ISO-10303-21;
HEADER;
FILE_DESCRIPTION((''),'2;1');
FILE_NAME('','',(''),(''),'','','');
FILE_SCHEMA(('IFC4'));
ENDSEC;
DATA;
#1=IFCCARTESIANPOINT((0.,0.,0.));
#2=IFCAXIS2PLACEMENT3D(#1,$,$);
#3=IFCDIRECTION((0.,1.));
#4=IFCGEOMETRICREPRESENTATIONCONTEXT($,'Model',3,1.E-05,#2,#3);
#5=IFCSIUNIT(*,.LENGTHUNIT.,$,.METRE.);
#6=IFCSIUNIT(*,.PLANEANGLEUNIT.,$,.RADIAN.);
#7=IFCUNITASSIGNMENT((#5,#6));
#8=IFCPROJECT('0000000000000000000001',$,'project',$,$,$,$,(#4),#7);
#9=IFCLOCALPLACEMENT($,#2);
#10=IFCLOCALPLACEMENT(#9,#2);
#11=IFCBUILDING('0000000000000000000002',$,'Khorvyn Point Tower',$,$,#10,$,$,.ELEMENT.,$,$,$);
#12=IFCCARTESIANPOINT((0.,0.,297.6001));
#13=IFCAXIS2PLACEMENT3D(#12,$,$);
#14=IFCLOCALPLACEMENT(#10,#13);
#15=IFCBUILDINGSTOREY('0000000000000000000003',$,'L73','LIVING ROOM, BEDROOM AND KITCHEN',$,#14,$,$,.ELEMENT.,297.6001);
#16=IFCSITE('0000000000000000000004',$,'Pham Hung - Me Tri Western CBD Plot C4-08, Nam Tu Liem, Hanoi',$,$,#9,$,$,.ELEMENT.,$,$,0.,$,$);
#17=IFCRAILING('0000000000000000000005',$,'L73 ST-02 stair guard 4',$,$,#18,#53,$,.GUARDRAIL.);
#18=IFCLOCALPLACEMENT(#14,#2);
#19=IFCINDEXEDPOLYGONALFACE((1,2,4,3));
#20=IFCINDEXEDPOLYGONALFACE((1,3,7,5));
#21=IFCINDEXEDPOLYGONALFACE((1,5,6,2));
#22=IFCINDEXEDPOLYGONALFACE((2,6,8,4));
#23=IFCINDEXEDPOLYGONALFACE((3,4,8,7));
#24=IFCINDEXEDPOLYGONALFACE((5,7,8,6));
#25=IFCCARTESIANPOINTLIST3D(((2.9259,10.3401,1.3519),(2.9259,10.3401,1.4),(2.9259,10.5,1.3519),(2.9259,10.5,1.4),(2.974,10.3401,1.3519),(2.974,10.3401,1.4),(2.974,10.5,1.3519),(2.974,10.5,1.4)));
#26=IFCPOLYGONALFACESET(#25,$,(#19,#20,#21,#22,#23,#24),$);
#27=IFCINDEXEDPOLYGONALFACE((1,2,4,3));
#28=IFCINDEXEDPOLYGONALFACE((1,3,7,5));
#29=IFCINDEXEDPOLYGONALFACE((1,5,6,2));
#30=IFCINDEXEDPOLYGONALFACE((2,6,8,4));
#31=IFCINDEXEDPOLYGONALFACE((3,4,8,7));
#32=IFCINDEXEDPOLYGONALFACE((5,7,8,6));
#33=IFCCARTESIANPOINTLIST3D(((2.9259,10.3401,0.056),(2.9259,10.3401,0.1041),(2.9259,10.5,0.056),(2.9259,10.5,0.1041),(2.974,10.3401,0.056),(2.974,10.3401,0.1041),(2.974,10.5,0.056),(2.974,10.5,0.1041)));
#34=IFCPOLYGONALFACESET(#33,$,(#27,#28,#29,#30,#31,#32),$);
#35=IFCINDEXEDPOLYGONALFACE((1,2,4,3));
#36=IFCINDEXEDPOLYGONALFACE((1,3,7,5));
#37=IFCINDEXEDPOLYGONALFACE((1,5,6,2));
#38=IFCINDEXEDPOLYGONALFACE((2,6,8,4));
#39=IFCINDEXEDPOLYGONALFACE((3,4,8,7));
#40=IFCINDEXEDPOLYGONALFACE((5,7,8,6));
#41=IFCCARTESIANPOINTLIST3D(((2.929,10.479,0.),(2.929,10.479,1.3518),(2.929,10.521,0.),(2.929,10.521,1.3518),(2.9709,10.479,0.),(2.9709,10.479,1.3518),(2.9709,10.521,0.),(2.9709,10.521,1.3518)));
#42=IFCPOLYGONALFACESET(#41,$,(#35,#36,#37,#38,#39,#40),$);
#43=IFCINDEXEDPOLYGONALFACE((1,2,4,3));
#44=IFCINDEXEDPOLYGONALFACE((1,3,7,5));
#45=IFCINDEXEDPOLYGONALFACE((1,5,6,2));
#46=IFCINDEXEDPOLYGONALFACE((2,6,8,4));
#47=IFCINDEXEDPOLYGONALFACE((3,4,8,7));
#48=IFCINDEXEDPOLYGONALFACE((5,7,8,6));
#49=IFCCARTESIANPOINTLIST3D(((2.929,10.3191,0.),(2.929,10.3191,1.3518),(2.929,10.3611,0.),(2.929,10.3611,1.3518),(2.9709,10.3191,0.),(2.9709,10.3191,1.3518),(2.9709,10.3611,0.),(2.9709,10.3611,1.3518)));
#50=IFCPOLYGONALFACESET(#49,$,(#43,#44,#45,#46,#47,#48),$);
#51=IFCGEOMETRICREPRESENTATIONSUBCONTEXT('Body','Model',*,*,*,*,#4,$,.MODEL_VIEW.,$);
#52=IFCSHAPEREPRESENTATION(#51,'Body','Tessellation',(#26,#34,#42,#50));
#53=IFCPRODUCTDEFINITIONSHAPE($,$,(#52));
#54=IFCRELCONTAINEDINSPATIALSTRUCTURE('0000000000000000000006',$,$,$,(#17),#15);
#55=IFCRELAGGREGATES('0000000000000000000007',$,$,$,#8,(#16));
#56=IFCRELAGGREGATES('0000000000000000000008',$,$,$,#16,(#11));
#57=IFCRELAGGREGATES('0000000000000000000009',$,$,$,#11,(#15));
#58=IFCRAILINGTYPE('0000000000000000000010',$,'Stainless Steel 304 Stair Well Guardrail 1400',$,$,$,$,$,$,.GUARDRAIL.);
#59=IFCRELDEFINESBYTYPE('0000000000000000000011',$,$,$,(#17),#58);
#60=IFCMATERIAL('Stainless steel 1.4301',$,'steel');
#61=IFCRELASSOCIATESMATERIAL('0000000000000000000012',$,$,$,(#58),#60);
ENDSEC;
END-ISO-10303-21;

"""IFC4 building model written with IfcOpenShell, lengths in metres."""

from ifc_helpers import new_model, si_unit, direction, frame, origin, origin_2d, place, context, subcontext, project, spatial, rectangle, extrude, material, type_object, element, save


model = new_model("IFC4")

# Units and contexts
model_context = context("Model", 3, precision=1e-05, world=origin(), true_north=direction((0.0, 1.0)))
body_context = subcontext(model_context, "Body", "Model", "MODEL_VIEW")
ifc_project = project(units=[si_unit("LENGTHUNIT", "METRE"), si_unit("PLANEANGLEUNIT", "RADIAN")], contexts=[model_context])

# Site, building, storey
site_placement = place(None, origin())
site = spatial("IfcSite", under=ifc_project, at=site_placement, Name="Pham Hung - Me Tri Western CBD Plot C4-08, Nam Tu Liem, Hanoi", CompositionType="ELEMENT", RefElevation=0.0)
building_placement = place(site_placement, origin())
building = spatial("IfcBuilding", under=site, at=building_placement, Name="Khorvyn Point Tower", CompositionType="ELEMENT")
storey_placement = place(building_placement, frame((0.0, 0.0, 297.6001)))
storey = spatial("IfcBuildingStorey", under=building, at=storey_placement, Name="L73", Description="LIVING ROOM, BEDROOM AND KITCHEN", CompositionType="ELEMENT", Elevation=297.6001)

# Shared definitions
ifc_material_1 = material(Name="Stainless steel 1.4301", Category="steel")

# Railing
railing_type = type_object("IfcRailingType", Name="Stainless Steel 304 Stair Well Guardrail 1400", PredefinedType="GUARDRAIL", material=ifc_material_1)
railing_placement = place(storey_placement, frame((2.95, 10.5, 0.0)))
element("IfcRailing", 1, at=railing_placement, inside=storey, type_object=railing_type, Name="L73 ST-02 stair guard 4", PredefinedType="GUARDRAIL", context=body_context, shape_type="SweptSolid", body=[
    extrude(rectangle(XDim=0.0481, YDim=0.0481, at=origin_2d()), frame((0.0, 0.0, 1.376), z_axis=(0.0, -1.0, 0.0), x_axis=(1.0, 0.0, 0.0)), (0.0, 0.0, 1.0), 0.1599),
    extrude(rectangle(XDim=0.0481, YDim=0.0481, at=origin_2d()), frame((0.0, 0.0, 0.0801), z_axis=(0.0, -1.0, 0.0), x_axis=(1.0, 0.0, 0.0)), (0.0, 0.0, 1.0), 0.1599),
    extrude(rectangle(XDim=0.042, YDim=0.042, at=origin_2d()), origin(), (0.0, 0.0, 1.0), 1.3518),
    extrude(rectangle(XDim=0.042, YDim=0.042, at=origin_2d()), frame((0.0, -0.1599, 0.0)), (0.0, 0.0, 1.0), 1.3518),
])

save(model, "model.ifc")
